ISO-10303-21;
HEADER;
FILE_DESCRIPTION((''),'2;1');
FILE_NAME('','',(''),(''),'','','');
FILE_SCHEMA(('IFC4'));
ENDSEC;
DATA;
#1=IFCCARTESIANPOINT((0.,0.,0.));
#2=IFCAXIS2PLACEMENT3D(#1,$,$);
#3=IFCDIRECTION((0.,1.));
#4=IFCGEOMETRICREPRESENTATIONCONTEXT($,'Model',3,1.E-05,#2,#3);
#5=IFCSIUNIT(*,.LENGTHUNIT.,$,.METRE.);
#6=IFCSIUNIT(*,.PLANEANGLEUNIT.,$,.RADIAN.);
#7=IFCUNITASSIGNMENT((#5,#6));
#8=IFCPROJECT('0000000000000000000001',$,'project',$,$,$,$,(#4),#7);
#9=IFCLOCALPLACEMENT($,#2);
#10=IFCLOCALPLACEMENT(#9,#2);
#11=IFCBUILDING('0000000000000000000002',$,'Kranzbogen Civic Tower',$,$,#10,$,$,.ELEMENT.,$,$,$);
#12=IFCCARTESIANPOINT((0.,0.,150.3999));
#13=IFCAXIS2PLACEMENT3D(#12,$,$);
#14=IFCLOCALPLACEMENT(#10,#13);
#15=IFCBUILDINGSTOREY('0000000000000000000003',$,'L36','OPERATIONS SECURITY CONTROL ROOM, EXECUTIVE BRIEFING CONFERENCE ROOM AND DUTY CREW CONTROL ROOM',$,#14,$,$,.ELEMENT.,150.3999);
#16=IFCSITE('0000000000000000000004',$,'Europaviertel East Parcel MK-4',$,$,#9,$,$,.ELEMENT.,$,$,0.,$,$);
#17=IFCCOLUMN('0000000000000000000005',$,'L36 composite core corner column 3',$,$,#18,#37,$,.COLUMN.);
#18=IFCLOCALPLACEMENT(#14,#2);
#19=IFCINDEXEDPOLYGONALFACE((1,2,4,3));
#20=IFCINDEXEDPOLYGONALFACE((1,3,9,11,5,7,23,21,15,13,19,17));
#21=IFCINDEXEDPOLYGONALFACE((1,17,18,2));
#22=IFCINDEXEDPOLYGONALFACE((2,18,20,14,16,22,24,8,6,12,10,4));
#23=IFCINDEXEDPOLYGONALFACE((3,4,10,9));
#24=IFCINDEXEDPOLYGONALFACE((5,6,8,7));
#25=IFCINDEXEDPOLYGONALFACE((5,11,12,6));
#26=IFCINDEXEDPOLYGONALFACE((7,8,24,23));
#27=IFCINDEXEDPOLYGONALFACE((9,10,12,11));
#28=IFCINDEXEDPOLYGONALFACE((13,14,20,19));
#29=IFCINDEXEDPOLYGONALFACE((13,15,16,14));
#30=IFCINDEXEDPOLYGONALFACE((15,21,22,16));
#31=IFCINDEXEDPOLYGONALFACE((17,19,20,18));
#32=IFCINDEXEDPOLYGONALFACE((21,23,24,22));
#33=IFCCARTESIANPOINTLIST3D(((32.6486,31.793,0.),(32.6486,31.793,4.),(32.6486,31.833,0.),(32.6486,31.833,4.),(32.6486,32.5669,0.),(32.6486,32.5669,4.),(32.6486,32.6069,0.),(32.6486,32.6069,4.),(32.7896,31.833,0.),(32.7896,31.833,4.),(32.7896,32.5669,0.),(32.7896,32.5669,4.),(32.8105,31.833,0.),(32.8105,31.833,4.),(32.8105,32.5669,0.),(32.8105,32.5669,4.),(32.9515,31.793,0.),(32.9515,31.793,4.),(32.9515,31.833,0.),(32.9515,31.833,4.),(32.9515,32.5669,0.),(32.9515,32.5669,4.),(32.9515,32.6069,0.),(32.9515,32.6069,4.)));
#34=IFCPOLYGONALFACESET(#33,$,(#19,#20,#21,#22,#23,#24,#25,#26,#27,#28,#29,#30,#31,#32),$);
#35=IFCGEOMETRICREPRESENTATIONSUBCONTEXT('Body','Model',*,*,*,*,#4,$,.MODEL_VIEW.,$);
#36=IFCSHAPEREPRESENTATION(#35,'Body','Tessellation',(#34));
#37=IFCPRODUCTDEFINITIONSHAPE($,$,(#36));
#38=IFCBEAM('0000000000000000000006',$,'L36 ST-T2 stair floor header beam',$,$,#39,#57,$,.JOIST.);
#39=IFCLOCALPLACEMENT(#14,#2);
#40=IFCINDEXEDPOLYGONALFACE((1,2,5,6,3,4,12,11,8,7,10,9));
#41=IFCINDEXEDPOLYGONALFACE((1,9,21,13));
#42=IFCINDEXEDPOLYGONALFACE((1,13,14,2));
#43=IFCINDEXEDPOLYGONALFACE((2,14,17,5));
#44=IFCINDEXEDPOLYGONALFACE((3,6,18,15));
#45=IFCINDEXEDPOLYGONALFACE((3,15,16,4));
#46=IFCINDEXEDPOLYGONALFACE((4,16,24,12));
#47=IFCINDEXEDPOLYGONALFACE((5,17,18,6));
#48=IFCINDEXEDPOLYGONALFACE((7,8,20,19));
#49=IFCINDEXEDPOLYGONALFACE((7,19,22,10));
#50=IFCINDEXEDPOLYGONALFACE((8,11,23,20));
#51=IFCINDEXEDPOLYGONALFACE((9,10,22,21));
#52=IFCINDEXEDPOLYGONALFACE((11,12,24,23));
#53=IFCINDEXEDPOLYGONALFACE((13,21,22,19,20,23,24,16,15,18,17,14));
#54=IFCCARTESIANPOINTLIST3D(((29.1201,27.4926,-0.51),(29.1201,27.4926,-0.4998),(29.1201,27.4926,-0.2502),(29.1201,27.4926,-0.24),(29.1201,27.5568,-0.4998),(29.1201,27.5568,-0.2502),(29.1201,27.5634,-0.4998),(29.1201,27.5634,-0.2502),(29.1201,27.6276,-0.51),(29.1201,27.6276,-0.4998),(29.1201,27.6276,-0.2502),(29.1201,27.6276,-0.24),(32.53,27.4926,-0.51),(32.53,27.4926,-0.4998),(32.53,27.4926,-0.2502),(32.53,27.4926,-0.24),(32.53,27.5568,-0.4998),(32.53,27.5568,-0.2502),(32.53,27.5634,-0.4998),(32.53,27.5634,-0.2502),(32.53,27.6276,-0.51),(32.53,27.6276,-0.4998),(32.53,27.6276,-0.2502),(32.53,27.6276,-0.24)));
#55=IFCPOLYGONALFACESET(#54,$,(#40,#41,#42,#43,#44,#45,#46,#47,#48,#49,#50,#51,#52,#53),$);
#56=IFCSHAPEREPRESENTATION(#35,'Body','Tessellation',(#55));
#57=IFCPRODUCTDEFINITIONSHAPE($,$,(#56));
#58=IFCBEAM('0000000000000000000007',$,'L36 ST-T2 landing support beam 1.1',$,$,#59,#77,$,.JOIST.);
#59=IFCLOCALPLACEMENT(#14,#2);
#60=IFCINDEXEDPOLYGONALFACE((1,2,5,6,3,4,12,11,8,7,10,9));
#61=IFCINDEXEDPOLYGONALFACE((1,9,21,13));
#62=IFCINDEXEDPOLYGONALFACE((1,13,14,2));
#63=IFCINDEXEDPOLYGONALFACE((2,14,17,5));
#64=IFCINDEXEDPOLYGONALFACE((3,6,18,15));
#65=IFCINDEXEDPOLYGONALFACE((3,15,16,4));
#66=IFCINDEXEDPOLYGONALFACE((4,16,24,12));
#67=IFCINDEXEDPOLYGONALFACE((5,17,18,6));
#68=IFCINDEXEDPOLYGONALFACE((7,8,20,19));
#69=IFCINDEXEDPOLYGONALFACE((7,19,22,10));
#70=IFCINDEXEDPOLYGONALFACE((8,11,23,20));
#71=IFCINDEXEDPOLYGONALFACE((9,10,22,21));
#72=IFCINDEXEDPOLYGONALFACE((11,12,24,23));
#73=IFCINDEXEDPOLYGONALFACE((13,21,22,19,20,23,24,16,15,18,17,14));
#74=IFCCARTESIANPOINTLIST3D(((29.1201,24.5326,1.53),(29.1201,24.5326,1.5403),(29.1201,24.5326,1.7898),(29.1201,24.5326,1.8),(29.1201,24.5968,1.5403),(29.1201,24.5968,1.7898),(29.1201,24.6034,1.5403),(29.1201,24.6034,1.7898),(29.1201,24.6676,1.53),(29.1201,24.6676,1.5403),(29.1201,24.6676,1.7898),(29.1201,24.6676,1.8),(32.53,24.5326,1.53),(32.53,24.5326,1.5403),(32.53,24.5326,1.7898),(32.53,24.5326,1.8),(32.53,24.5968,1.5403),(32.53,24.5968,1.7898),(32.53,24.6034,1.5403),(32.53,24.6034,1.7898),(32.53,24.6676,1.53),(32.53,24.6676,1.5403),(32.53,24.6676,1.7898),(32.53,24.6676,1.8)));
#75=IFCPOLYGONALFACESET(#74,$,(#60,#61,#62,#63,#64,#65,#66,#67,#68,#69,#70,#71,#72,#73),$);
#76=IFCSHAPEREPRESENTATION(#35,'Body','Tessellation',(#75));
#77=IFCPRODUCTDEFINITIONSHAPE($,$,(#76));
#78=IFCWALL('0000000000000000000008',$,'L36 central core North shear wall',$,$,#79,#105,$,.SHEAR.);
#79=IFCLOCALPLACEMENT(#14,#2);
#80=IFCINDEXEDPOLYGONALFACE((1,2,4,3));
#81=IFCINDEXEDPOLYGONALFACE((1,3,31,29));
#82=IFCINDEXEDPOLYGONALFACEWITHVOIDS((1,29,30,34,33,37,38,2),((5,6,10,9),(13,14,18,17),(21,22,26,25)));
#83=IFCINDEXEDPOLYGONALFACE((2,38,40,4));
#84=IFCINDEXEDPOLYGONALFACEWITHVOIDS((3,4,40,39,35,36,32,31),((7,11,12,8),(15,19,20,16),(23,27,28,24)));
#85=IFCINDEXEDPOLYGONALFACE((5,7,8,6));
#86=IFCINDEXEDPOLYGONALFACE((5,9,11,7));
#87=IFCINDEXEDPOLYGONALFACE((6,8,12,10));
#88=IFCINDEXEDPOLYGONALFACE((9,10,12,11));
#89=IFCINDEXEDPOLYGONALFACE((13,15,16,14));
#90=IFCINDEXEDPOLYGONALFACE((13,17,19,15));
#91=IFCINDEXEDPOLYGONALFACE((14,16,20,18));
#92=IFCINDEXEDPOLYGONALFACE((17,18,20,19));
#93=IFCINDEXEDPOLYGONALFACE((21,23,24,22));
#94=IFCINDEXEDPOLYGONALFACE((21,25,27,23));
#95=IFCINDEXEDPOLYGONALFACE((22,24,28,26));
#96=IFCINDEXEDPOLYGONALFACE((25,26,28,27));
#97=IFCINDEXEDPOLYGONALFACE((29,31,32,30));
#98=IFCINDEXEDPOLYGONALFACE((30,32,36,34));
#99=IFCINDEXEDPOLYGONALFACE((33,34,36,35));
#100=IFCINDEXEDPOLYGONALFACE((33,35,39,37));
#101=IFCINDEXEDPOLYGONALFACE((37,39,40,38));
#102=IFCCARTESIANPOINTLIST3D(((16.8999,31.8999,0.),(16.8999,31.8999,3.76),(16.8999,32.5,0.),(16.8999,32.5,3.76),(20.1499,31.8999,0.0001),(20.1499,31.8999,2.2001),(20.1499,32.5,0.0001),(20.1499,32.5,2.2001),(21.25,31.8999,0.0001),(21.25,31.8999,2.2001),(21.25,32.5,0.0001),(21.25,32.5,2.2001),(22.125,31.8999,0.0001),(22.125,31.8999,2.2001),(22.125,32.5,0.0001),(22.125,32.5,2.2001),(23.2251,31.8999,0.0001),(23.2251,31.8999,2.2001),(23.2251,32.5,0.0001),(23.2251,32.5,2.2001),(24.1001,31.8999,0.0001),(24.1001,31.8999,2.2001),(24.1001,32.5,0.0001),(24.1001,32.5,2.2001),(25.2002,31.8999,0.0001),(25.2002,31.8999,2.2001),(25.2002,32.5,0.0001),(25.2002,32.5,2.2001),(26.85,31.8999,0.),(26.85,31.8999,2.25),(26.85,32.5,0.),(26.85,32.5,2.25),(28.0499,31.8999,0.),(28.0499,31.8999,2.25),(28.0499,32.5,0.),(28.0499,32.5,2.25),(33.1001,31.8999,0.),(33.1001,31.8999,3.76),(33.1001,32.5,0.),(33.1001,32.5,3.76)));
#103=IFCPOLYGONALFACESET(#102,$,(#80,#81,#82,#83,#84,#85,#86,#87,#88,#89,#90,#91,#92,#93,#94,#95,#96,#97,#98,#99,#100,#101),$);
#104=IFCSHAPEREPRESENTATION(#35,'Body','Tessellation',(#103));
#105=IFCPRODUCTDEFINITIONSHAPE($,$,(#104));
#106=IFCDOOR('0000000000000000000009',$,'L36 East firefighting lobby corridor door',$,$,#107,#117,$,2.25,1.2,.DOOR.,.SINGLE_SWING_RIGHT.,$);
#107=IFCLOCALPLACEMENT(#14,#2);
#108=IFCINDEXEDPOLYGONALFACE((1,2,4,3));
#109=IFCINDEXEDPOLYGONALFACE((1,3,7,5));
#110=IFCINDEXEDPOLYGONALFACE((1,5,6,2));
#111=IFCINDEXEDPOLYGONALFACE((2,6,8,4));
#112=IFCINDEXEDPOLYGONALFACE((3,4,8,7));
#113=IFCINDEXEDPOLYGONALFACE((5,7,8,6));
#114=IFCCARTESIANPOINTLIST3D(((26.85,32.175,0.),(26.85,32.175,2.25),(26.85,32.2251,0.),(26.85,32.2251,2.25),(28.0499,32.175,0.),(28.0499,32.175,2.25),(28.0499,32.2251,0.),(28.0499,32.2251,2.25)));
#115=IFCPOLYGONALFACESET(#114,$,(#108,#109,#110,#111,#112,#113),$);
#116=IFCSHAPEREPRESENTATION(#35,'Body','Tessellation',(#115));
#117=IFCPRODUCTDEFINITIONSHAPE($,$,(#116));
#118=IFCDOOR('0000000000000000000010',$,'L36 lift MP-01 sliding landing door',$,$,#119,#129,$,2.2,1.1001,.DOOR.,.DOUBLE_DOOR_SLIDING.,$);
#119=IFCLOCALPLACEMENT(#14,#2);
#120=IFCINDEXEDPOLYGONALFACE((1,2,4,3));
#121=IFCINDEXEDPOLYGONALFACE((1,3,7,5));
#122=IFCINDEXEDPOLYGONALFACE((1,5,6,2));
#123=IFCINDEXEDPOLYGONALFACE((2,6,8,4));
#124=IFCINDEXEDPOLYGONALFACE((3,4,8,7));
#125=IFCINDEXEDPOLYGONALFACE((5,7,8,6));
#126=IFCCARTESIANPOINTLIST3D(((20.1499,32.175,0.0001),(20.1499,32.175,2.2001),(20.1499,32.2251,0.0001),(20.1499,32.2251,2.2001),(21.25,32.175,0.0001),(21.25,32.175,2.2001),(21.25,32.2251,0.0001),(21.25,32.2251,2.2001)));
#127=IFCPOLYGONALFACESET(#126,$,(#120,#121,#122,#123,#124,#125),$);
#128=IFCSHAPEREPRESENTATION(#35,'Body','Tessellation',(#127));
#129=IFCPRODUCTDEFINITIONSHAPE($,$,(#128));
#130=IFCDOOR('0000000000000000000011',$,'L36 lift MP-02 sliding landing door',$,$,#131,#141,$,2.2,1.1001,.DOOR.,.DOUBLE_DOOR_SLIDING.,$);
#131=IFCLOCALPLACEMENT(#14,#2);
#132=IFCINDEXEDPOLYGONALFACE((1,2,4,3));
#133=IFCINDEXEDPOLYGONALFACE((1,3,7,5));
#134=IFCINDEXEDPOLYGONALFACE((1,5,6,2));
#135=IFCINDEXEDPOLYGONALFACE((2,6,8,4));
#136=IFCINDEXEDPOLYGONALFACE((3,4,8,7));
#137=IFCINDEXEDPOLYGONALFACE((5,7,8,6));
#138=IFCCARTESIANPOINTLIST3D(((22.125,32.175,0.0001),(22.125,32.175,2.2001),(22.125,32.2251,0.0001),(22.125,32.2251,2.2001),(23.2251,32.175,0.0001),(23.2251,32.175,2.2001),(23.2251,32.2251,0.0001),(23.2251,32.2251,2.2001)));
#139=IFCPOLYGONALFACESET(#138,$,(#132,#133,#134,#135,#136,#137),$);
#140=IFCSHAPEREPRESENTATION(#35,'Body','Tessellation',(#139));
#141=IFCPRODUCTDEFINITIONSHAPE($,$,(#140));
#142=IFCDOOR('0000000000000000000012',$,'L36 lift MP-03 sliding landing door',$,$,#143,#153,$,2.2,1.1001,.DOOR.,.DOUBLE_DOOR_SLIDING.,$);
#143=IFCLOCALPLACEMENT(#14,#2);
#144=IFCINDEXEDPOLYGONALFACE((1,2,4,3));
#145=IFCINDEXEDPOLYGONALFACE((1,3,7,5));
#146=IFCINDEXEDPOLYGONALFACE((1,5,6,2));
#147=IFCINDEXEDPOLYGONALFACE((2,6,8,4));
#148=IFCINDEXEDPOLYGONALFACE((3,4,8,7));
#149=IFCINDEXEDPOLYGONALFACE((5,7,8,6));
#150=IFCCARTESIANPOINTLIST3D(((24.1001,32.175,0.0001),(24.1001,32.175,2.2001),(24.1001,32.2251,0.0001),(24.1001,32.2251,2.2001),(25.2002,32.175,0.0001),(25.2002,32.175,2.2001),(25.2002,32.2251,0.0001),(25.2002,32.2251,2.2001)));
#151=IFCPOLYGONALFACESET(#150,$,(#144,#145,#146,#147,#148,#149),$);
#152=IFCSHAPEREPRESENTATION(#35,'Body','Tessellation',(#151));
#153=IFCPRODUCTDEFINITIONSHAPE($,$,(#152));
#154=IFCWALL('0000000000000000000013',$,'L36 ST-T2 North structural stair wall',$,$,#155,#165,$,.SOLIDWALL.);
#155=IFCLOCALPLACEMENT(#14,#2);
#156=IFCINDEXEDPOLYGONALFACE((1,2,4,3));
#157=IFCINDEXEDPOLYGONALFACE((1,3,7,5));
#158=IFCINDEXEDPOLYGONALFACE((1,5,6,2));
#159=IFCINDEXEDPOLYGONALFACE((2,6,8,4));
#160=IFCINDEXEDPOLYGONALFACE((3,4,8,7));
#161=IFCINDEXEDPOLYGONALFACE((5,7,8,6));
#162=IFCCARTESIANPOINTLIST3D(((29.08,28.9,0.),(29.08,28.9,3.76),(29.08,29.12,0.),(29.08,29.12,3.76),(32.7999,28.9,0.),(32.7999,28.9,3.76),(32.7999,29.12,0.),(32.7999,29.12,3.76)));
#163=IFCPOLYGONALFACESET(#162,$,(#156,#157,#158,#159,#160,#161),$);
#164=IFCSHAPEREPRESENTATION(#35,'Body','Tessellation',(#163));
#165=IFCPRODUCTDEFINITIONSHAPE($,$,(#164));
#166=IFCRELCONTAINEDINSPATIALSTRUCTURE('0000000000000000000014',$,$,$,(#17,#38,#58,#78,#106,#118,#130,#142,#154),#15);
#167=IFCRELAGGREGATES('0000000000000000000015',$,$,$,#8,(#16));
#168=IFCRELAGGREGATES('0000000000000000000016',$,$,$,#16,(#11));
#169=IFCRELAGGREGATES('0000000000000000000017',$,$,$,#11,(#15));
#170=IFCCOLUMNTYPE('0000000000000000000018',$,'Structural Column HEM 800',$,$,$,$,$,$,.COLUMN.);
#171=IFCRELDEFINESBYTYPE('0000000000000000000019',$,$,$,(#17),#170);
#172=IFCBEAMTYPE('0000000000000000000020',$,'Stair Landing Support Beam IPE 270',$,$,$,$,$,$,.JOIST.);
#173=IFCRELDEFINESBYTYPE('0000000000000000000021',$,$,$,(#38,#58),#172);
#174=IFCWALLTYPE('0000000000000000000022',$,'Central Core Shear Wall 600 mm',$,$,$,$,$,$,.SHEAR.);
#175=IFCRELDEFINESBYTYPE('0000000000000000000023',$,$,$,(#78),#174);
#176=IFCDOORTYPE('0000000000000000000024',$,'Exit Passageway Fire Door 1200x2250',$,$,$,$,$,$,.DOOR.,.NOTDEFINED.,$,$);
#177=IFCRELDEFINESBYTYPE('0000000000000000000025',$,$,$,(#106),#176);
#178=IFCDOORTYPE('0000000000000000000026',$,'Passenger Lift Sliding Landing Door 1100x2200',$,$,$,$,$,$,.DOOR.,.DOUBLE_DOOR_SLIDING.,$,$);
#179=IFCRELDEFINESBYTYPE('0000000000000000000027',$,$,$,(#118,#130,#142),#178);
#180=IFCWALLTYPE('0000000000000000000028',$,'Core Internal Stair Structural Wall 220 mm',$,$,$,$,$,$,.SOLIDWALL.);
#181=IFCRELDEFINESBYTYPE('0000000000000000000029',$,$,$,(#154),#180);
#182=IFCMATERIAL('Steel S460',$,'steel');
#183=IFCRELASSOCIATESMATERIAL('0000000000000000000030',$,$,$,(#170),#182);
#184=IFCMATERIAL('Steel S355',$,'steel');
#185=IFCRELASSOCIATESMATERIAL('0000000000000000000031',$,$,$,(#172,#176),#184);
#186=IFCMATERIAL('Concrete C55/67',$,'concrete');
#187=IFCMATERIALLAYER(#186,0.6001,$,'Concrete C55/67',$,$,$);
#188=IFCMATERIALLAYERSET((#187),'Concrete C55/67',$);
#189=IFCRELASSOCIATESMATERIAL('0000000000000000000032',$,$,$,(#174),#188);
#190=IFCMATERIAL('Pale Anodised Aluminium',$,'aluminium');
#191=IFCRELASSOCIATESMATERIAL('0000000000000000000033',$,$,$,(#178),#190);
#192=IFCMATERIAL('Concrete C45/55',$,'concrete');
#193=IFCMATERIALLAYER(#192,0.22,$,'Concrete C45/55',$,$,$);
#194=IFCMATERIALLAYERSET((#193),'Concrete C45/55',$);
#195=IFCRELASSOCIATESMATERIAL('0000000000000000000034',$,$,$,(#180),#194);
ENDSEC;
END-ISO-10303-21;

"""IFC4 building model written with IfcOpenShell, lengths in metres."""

from ifc_helpers import new_model, si_unit, direction, frame, frame_2d, origin, origin_2d, place, context, subcontext, project, spatial, rectangle, i_section, extrude, material, layer, layer_set, material_profile, profile_set, type_object, element, fill, save


model = new_model("IFC4")

# Units and contexts
model_context = context("Model", 3, precision=1e-05, world=origin(), true_north=direction((0.0, 1.0)))
body_context = subcontext(model_context, "Body", "Model", "MODEL_VIEW")
ifc_project = project(units=[si_unit("LENGTHUNIT", "METRE"), si_unit("PLANEANGLEUNIT", "RADIAN")], contexts=[model_context])

# Site, building, storey
site_placement = place(None, origin())
site = spatial("IfcSite", under=ifc_project, at=site_placement, Name="Europaviertel East Parcel MK-4", CompositionType="ELEMENT", RefElevation=0.0)
building_placement = place(site_placement, origin())
building = spatial("IfcBuilding", under=site, at=building_placement, Name="Kranzbogen Civic Tower", CompositionType="ELEMENT")
storey_placement = place(building_placement, frame((0.0, 0.0, 150.3999)))
storey = spatial("IfcBuildingStorey", under=building, at=storey_placement, Name="L36", Description="OPERATIONS SECURITY CONTROL ROOM, EXECUTIVE BRIEFING CONFERENCE ROOM AND DUTY CREW CONTROL ROOM", CompositionType="ELEMENT", Elevation=150.3999)

# Column
ifc_material_1 = material(Name="Steel S460", Category="steel")
ifc_material_profile_1 = material_profile(ifc_material_1, i_section(OverallWidth=0.303, OverallDepth=0.814, WebThickness=0.021, FlangeThickness=0.04, at=origin_2d()), Name="HEM 800")
ifc_profile_set_1 = profile_set([ifc_material_profile_1], Name="Steel S460")
column_type = type_object("IfcColumnType", Name="Structural Column HEM 800", PredefinedType="COLUMN", material=ifc_profile_set_1)
column_placement = place(storey_placement, frame((32.8, 32.2, 0.0), z_axis=(0.0, 0.0, 1.0), x_axis=(1.0, 0.0, 0.0)))
element("IfcColumn", 1, at=column_placement, inside=storey, type_object=column_type, Name="L36 composite core corner column 3", PredefinedType="COLUMN", context=body_context, shape_type="SweptSolid", body=[
    extrude(i_section(OverallWidth=0.303, OverallDepth=0.814, WebThickness=0.021, FlangeThickness=0.04, at=origin_2d()), origin(), (0.0, 0.0, 1.0), 4.0),
])

# Beams
ifc_material_2 = material(Name="Steel S355", Category="steel")
ifc_material_profile_2 = material_profile(ifc_material_2, i_section(OverallWidth=0.135, OverallDepth=0.27, WebThickness=0.0066, FlangeThickness=0.0103, at=origin_2d()), Name="IPE 270")
ifc_profile_set_2 = profile_set([ifc_material_profile_2], Name="Steel S355")
beam_type = type_object("IfcBeamType", Name="Stair Landing Support Beam IPE 270", PredefinedType="JOIST", material=ifc_profile_set_2)
for number, where, z_axis, x_axis, name in (
    (2, (29.1201, 27.5601, -0.375), (1.0, 0.0, 0.0), (0.0, 1.0, 0.0), "L36 ST-T2 stair floor header beam"),
    (3, (29.1201, 24.6001, 1.665), (1.0, 0.0, 0.0), (0.0, 1.0, 0.0), "L36 ST-T2 landing support beam 1.1"),
):
    element("IfcBeam", number, at=place(storey_placement, frame(where, z_axis=z_axis, x_axis=x_axis)), inside=storey, type_object=beam_type, Name=name, PredefinedType="JOIST", context=body_context, shape_type="SweptSolid", body=[
        extrude(i_section(OverallWidth=0.135, OverallDepth=0.27, WebThickness=0.0066, FlangeThickness=0.0103, at=origin_2d()), origin(), (0.0, 0.0, 1.0), 3.4099),
    ])

# Wall, openings, doors
ifc_material_3 = material(Name="Concrete C55/67", Category="concrete")
ifc_layer_1 = layer(ifc_material_3, 0.6001, Name="Concrete C55/67")
ifc_layer_set_1 = layer_set([ifc_layer_1], Name="Concrete C55/67")
wall_type_1 = type_object("IfcWallType", Name="Central Core Shear Wall 600 mm", PredefinedType="SHEAR", material=ifc_layer_set_1)
wall_1_placement = place(storey_placement, frame((33.1001, 32.2, 0.0), z_axis=(0.0, 0.0, 1.0), x_axis=(-1.0, 0.0, 0.0)))
wall_1 = element("IfcWall", 4, at=wall_1_placement, inside=storey, type_object=wall_type_1, Name="L36 central core North shear wall", PredefinedType="SHEAR", context=body_context, shape_type="SweptSolid", body=[
    extrude(rectangle(XDim=16.2002, YDim=0.6001, at=frame_2d((8.1001, 0.0))), origin(), (0.0, 0.0, 1.0), 3.76),
])
opening_1_placement = place(wall_1_placement, frame((5.05, 0.0, 0.0)))
opening_1 = element("IfcOpeningElement", 5, at=opening_1_placement, cuts=wall_1, PredefinedType="OPENING", context=body_context, shape_type="SweptSolid", body=[
    extrude(rectangle(XDim=1.2, YDim=2.25, at=frame_2d((0.6001, 1.125))), frame((0.0, 0.3101, 0.0), z_axis=(0.0, -1.0, 0.0), x_axis=(1.0, 0.0, 0.0)), (0.0, 0.0, 1.0), 0.6201),
])
opening_2_placement = place(wall_1_placement, frame((11.8501, 0.0, 0.0)))
opening_2 = element("IfcOpeningElement", 6, at=opening_2_placement, cuts=wall_1, PredefinedType="OPENING", context=body_context, shape_type="SweptSolid", body=[
    extrude(rectangle(XDim=1.1001, YDim=2.2, at=frame_2d((0.55, 1.1001))), frame((0.0, 0.3101, 0.0), z_axis=(0.0, -1.0, 0.0), x_axis=(1.0, 0.0, 0.0)), (0.0, 0.0, 1.0), 0.6201),
])
opening_3_placement = place(wall_1_placement, frame((9.875, 0.0, 0.0)))
opening_3 = element("IfcOpeningElement", 7, at=opening_3_placement, cuts=wall_1, PredefinedType="OPENING", context=body_context, shape_type="SweptSolid", body=[
    extrude(rectangle(XDim=1.1001, YDim=2.2, at=frame_2d((0.55, 1.1001))), frame((0.0, 0.3101, 0.0), z_axis=(0.0, -1.0, 0.0), x_axis=(1.0, 0.0, 0.0)), (0.0, 0.0, 1.0), 0.6201),
])
opening_4_placement = place(wall_1_placement, frame((7.8999, 0.0, 0.0)))
opening_4 = element("IfcOpeningElement", 8, at=opening_4_placement, cuts=wall_1, PredefinedType="OPENING", context=body_context, shape_type="SweptSolid", body=[
    extrude(rectangle(XDim=1.1001, YDim=2.2, at=frame_2d((0.55, 1.1001))), frame((0.0, 0.3101, 0.0), z_axis=(0.0, -1.0, 0.0), x_axis=(1.0, 0.0, 0.0)), (0.0, 0.0, 1.0), 0.6201),
])
door_type_1 = type_object("IfcDoorType", Name="Exit Passageway Fire Door 1200x2250", OperationType="NOTDEFINED", PredefinedType="DOOR", material=ifc_material_2)
door_1_placement = place(opening_1_placement, origin())
door_1 = element("IfcDoor", 9, at=door_1_placement, inside=storey, type_object=door_type_1, Name="L36 East firefighting lobby corridor door", OperationType="SINGLE_SWING_RIGHT", OverallHeight=2.25, OverallWidth=1.2, PredefinedType="DOOR", context=body_context, shape_type="SweptSolid", body=[
    extrude(rectangle(XDim=1.2, YDim=2.25, at=frame_2d((0.6001, 1.125))), frame((0.0, 0.0249, 0.0), z_axis=(0.0, -1.0, 0.0), x_axis=(1.0, 0.0, 0.0)), (0.0, 0.0, 1.0), 0.05),
])
fill(opening_1, door_1)
ifc_material_4 = material(Name="Pale Anodised Aluminium", Category="aluminium")
door_type_2 = type_object("IfcDoorType", Name="Passenger Lift Sliding Landing Door 1100x2200", OperationType="DOUBLE_DOOR_SLIDING", PredefinedType="DOOR", material=ifc_material_4)
door_2_placement = place(opening_2_placement, origin())
door_2 = element("IfcDoor", 10, at=door_2_placement, inside=storey, type_object=door_type_2, Name="L36 lift MP-01 sliding landing door", OperationType="DOUBLE_DOOR_SLIDING", OverallHeight=2.2, OverallWidth=1.1001, PredefinedType="DOOR", context=body_context, shape_type="SweptSolid", body=[
    extrude(rectangle(XDim=1.1001, YDim=2.2, at=frame_2d((0.55, 1.1001))), frame((0.0, 0.0249, 0.0), z_axis=(0.0, -1.0, 0.0), x_axis=(1.0, 0.0, 0.0)), (0.0, 0.0, 1.0), 0.05),
])
fill(opening_2, door_2)
door_3_placement = place(opening_3_placement, origin())
door_3 = element("IfcDoor", 11, at=door_3_placement, inside=storey, type_object=door_type_2, Name="L36 lift MP-02 sliding landing door", OperationType="DOUBLE_DOOR_SLIDING", OverallHeight=2.2, OverallWidth=1.1001, PredefinedType="DOOR", context=body_context, shape_type="SweptSolid", body=[
    extrude(rectangle(XDim=1.1001, YDim=2.2, at=frame_2d((0.55, 1.1001))), frame((0.0, 0.0249, 0.0), z_axis=(0.0, -1.0, 0.0), x_axis=(1.0, 0.0, 0.0)), (0.0, 0.0, 1.0), 0.05),
])
fill(opening_3, door_3)
door_4_placement = place(opening_4_placement, origin())
door_4 = element("IfcDoor", 12, at=door_4_placement, inside=storey, type_object=door_type_2, Name="L36 lift MP-03 sliding landing door", OperationType="DOUBLE_DOOR_SLIDING", OverallHeight=2.2, OverallWidth=1.1001, PredefinedType="DOOR", context=body_context, shape_type="SweptSolid", body=[
    extrude(rectangle(XDim=1.1001, YDim=2.2, at=frame_2d((0.55, 1.1001))), frame((0.0, 0.0249, 0.0), z_axis=(0.0, -1.0, 0.0), x_axis=(1.0, 0.0, 0.0)), (0.0, 0.0, 1.0), 0.05),
])
fill(opening_4, door_4)

# Wall
ifc_material_5 = material(Name="Concrete C45/55", Category="concrete")
ifc_layer_2 = layer(ifc_material_5, 0.22, Name="Concrete C45/55")
ifc_layer_set_2 = layer_set([ifc_layer_2], Name="Concrete C45/55")
wall_type_2 = type_object("IfcWallType", Name="Core Internal Stair Structural Wall 220 mm", PredefinedType="SOLIDWALL", material=ifc_layer_set_2)
wall_2_placement = place(storey_placement, frame((29.0801, 29.01, 0.0), z_axis=(0.0, 0.0, 1.0), x_axis=(1.0, 0.0, 0.0)))
element("IfcWall", 13, at=wall_2_placement, inside=storey, type_object=wall_type_2, Name="L36 ST-T2 North structural stair wall", PredefinedType="SOLIDWALL", context=body_context, shape_type="SweptSolid", body=[
    extrude(rectangle(XDim=3.72, YDim=0.22, at=frame_2d((1.8599, 0.0))), origin(), (0.0, 0.0, 1.0), 3.76),
])

save(model, "model.ifc")
